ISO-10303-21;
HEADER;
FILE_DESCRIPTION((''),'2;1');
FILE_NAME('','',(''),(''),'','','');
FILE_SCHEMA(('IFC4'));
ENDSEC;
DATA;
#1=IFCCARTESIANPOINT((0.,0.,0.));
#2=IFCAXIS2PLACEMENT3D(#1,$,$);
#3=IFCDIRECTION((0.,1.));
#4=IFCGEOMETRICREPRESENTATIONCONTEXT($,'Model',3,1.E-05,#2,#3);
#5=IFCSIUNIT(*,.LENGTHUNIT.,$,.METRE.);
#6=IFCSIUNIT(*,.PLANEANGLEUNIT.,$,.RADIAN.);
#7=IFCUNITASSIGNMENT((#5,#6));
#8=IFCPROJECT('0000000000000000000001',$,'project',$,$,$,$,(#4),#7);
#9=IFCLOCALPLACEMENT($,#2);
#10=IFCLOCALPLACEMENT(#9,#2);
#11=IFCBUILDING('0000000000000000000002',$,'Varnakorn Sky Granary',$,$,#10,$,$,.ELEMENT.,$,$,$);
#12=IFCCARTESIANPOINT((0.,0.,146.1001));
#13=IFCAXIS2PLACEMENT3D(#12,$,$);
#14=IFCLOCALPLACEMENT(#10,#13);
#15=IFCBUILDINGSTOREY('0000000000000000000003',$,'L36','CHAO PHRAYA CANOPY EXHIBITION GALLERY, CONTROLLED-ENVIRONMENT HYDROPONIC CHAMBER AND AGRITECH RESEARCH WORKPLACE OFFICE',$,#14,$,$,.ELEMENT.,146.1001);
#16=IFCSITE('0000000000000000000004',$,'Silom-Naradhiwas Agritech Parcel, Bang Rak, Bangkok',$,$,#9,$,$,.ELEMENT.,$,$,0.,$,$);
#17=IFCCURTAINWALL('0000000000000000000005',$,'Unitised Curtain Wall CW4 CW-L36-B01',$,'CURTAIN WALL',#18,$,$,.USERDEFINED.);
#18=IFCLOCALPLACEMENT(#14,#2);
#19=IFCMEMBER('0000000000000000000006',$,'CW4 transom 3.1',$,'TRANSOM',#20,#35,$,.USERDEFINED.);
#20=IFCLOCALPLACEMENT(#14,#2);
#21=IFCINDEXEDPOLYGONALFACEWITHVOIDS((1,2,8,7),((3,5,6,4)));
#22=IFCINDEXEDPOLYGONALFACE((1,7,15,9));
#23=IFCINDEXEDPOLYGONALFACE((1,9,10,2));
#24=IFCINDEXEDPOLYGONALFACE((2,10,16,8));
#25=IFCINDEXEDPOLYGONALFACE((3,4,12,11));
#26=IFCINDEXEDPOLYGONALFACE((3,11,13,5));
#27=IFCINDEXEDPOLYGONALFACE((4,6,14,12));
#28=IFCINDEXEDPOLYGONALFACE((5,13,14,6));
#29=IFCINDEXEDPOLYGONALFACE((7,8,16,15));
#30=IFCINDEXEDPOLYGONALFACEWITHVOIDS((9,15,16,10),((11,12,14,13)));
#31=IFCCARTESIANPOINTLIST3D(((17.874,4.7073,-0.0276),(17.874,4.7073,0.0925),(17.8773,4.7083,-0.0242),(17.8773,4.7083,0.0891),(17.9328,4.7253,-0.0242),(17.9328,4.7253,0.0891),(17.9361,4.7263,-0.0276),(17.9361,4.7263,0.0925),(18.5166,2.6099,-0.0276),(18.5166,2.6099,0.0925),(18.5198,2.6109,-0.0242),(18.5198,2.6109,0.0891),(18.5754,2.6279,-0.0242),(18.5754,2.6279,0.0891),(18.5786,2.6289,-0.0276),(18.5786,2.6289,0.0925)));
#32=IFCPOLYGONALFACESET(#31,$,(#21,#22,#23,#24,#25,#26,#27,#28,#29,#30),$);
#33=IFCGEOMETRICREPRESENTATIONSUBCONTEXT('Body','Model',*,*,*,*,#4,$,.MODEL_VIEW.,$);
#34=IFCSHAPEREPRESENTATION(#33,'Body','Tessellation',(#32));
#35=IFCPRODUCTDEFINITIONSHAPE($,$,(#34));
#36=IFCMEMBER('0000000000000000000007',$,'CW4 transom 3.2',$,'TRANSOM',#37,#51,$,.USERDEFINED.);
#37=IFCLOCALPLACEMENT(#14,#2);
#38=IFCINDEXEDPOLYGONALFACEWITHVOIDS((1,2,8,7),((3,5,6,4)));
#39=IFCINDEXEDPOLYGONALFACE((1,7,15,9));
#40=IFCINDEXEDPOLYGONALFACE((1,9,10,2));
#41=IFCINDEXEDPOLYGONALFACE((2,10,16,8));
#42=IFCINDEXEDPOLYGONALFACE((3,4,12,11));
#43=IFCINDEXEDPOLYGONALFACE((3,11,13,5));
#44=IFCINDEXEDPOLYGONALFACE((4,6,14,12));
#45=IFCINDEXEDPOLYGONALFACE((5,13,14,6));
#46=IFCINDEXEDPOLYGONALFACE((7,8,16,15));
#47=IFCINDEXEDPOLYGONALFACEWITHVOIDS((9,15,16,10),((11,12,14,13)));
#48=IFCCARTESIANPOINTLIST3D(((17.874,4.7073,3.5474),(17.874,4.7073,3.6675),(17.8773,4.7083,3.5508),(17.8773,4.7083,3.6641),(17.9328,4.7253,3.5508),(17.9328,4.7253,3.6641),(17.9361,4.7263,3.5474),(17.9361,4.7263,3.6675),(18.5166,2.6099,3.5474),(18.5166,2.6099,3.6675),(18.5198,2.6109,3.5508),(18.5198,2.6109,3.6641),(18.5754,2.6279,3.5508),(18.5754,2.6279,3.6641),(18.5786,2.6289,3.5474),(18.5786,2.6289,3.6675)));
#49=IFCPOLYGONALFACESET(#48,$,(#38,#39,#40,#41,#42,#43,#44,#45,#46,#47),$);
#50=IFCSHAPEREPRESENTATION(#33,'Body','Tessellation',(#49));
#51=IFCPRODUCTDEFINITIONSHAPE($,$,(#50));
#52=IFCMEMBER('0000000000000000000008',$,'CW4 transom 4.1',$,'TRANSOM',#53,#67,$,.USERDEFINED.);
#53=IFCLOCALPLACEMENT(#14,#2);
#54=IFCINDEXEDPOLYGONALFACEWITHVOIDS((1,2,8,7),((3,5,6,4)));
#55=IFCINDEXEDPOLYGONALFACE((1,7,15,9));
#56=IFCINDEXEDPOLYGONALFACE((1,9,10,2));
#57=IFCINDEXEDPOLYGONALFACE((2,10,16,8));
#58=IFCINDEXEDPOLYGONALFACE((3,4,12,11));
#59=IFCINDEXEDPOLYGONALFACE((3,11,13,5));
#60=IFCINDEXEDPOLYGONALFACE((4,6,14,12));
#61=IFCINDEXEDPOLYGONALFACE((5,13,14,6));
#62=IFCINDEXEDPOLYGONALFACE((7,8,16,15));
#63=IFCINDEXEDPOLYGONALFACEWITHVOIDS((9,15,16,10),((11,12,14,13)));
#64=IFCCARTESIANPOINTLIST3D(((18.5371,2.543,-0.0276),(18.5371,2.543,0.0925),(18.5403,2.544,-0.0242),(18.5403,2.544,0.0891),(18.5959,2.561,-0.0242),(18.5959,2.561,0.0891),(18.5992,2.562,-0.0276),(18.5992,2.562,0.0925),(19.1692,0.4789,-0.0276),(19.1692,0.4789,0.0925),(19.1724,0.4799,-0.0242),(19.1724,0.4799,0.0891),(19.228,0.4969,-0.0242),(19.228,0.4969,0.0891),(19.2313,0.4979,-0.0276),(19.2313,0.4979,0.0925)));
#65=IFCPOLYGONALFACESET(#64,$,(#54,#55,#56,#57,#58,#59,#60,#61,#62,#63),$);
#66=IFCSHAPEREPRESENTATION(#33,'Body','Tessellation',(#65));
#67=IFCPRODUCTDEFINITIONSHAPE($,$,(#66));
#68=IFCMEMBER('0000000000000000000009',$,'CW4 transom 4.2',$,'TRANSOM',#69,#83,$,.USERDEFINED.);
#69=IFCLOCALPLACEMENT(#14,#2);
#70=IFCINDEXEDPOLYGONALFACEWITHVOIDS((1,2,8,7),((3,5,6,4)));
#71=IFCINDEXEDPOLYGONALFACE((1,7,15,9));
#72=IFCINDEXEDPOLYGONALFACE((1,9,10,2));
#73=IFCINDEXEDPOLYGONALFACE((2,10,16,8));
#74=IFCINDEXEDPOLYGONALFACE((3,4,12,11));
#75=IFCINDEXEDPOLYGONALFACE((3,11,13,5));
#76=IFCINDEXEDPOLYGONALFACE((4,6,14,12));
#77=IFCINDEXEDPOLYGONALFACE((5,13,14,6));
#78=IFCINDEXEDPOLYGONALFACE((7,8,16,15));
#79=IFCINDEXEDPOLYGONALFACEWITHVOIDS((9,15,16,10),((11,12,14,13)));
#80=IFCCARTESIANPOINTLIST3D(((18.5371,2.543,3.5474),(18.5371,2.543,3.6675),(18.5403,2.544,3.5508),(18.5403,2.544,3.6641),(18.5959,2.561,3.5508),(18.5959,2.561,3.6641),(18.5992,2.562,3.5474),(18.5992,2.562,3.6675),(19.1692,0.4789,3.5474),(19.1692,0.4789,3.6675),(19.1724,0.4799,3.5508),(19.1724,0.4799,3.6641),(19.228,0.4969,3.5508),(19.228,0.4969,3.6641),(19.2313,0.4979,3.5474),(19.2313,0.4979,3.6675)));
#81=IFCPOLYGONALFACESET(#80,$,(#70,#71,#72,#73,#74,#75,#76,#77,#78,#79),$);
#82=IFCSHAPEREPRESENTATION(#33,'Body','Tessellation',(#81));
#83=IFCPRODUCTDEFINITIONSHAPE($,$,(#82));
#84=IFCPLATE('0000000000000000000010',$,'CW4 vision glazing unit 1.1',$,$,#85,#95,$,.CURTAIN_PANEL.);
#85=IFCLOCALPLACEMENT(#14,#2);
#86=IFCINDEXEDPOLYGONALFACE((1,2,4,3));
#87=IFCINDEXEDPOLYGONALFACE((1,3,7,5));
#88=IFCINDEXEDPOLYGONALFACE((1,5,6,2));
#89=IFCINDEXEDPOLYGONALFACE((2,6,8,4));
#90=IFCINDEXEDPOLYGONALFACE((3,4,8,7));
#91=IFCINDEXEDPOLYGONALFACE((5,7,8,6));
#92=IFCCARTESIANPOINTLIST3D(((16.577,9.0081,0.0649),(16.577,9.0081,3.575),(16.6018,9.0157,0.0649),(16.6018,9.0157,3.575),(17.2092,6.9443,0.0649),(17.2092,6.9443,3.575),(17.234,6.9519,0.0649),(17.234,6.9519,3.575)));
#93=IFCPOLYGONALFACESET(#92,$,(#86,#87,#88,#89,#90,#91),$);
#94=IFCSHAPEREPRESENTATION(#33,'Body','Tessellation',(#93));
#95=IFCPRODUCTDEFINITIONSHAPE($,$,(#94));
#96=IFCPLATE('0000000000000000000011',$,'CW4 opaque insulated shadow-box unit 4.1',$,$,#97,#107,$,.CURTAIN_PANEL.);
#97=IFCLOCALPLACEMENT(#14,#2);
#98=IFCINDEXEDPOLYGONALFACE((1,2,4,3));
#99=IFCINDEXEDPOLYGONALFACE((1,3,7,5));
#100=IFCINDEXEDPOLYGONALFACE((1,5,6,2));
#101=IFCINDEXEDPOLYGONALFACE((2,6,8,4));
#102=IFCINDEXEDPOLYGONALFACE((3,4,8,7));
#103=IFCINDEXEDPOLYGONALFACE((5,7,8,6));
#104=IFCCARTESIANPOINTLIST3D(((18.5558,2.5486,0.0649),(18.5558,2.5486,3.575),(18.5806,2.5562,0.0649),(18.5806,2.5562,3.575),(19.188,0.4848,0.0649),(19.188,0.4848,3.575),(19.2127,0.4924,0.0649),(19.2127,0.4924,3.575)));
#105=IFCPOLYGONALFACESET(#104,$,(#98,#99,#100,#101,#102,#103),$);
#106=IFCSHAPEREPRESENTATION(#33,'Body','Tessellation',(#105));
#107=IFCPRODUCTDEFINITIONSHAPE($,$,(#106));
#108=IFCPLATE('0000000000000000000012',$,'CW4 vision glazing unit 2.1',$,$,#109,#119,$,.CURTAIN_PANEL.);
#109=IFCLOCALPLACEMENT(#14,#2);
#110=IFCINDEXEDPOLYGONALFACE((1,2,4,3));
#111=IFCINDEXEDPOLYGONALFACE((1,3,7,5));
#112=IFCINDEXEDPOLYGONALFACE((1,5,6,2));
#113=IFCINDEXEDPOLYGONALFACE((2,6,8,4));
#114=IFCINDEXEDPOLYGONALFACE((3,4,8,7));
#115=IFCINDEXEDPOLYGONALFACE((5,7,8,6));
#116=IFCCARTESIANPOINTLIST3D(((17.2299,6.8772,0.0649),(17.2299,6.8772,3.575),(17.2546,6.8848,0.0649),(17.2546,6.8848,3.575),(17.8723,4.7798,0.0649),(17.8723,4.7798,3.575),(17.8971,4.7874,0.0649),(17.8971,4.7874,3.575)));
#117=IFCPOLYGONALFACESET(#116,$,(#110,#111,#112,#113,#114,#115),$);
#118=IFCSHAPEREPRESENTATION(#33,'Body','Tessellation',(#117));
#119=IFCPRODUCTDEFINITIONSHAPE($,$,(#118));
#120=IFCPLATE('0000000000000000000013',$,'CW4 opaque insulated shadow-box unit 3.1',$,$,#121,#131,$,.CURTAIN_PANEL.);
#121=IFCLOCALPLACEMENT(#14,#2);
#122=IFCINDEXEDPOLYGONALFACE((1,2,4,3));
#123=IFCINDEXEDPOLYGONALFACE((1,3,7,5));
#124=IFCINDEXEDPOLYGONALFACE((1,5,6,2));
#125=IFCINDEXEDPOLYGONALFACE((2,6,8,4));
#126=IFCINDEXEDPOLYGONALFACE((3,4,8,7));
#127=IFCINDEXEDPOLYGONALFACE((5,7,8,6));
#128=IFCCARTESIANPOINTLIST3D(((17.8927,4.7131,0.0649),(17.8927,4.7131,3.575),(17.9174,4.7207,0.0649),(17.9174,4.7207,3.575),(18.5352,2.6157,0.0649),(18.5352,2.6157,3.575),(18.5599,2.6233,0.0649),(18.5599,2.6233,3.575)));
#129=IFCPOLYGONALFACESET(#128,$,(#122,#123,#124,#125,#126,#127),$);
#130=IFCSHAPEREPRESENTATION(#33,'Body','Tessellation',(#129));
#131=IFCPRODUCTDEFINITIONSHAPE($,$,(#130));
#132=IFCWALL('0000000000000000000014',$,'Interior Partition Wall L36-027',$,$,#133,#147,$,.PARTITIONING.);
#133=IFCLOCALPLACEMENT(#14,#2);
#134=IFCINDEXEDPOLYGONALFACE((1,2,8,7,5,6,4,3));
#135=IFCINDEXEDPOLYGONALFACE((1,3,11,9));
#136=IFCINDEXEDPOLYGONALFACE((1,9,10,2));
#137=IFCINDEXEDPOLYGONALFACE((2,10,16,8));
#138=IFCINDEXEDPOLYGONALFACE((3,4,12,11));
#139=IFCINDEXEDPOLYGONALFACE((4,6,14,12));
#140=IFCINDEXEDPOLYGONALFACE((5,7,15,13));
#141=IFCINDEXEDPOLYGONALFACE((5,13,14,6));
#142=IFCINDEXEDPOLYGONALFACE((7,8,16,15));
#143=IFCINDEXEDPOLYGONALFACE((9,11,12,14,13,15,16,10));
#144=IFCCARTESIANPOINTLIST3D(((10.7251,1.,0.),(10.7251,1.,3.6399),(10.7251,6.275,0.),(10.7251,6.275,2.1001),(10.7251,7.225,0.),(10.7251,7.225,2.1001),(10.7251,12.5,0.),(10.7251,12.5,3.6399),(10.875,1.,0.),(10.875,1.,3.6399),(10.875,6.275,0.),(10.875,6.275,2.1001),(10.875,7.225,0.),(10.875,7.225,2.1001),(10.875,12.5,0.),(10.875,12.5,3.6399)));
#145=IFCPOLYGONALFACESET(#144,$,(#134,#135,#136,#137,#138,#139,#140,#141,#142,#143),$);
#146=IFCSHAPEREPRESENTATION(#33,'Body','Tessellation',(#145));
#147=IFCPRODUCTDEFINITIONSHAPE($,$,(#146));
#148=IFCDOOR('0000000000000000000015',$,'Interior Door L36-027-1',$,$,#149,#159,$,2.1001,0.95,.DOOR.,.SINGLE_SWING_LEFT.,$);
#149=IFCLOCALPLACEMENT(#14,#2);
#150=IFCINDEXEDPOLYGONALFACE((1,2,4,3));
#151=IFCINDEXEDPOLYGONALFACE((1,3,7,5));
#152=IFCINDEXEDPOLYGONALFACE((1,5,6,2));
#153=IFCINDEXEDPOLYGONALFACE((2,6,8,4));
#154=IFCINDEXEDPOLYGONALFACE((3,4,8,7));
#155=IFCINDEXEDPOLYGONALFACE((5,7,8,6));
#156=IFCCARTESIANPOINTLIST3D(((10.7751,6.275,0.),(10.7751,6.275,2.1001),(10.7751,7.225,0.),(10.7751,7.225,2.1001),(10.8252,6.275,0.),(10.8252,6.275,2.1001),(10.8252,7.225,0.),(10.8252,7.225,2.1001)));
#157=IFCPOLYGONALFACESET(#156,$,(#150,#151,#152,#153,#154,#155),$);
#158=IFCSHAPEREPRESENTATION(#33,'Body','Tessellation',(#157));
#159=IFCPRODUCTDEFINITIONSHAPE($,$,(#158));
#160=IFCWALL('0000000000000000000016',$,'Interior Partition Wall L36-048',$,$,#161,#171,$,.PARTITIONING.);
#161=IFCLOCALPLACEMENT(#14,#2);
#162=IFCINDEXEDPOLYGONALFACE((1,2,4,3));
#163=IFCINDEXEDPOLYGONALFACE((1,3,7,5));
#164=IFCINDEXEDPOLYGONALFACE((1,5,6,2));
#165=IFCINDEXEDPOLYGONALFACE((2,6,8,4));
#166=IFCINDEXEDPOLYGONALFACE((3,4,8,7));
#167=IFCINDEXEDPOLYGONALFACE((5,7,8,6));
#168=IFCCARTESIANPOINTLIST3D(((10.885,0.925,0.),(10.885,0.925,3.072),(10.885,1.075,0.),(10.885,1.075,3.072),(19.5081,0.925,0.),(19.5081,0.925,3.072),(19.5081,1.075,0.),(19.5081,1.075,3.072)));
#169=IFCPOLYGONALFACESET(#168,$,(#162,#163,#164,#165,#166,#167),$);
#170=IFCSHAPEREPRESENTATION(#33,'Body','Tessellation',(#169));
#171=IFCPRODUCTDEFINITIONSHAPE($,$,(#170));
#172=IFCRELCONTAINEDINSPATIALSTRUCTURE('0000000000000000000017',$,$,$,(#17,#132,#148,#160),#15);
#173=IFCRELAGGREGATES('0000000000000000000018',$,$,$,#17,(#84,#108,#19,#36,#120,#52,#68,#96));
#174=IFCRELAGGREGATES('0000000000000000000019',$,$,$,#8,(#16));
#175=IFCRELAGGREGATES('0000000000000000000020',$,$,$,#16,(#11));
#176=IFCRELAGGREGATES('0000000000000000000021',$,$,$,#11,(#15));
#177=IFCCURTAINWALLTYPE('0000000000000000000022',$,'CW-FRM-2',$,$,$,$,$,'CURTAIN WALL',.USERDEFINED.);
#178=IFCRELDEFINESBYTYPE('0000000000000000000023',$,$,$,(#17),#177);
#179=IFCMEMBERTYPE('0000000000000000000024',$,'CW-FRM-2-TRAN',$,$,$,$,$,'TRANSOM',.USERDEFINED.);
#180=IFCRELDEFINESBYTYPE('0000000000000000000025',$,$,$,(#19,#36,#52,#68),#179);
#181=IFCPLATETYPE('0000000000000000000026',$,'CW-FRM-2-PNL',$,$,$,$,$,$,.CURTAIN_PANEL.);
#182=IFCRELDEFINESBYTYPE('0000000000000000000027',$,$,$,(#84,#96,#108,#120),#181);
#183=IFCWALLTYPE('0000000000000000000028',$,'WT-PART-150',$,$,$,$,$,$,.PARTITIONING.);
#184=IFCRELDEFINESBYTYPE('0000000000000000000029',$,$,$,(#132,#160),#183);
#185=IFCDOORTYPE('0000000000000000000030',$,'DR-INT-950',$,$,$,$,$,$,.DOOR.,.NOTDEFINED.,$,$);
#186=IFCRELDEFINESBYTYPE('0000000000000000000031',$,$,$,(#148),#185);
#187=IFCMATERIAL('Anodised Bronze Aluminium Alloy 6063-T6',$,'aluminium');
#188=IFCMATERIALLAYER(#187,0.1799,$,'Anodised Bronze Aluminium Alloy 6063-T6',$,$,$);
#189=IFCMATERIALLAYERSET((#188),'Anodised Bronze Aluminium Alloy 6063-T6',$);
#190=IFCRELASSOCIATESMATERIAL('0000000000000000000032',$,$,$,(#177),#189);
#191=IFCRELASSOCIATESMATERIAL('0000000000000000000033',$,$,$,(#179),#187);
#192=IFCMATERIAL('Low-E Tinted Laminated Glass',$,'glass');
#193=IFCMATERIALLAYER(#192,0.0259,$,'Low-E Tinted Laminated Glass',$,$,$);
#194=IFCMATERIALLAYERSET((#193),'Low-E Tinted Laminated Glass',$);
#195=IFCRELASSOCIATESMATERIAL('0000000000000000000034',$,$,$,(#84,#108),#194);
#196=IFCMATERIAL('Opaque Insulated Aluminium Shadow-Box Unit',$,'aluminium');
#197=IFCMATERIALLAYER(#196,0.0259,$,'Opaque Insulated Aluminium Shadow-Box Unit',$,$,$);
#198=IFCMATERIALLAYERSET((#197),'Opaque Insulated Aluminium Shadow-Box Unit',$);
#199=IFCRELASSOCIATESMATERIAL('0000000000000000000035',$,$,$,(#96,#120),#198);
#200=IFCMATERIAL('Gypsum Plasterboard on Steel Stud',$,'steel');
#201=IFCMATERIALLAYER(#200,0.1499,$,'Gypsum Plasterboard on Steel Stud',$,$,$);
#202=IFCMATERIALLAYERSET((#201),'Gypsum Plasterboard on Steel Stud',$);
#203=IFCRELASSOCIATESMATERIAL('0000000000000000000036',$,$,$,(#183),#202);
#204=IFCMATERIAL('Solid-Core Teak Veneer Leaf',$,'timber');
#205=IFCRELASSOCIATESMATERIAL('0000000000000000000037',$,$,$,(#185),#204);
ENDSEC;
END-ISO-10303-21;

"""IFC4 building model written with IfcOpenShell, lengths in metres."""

from ifc_helpers import new_model, si_unit, direction, frame, frame_2d, origin, origin_2d, place, context, subcontext, project, spatial, rectangle, hollow_rectangle, extrude, source, transform, mapped, material, layer, layer_set, material_profile, profile_set, type_object, type_shapes, element, fill, aggregate, save


model = new_model("IFC4")

# Units and contexts
model_context = context("Model", 3, precision=1e-05, world=origin(), true_north=direction((0.0, 1.0)))
body_context = subcontext(model_context, "Body", "Model", "MODEL_VIEW")
ifc_project = project(units=[si_unit("LENGTHUNIT", "METRE"), si_unit("PLANEANGLEUNIT", "RADIAN")], contexts=[model_context])

# Site, building, storey
site_placement = place(None, origin())
site = spatial("IfcSite", under=ifc_project, at=site_placement, Name="Silom-Naradhiwas Agritech Parcel, Bang Rak, Bangkok", CompositionType="ELEMENT", RefElevation=0.0)
building_placement = place(site_placement, origin())
building = spatial("IfcBuilding", under=site, at=building_placement, Name="Varnakorn Sky Granary", CompositionType="ELEMENT")
storey_placement = place(building_placement, frame((0.0, 0.0, 146.1001)))
storey = spatial("IfcBuildingStorey", under=building, at=storey_placement, Name="L36", Description="CHAO PHRAYA CANOPY EXHIBITION GALLERY, CONTROLLED-ENVIRONMENT HYDROPONIC CHAMBER AND AGRITECH RESEARCH WORKPLACE OFFICE", CompositionType="ELEMENT", Elevation=146.1001)

# Curtain wall, members, plates
ifc_material_1 = material(Name="Anodised Bronze Aluminium Alloy 6063-T6", Category="aluminium")
ifc_layer_1 = layer(ifc_material_1, 0.1799, Name="Anodised Bronze Aluminium Alloy 6063-T6")
ifc_layer_set_1 = layer_set([ifc_layer_1], Name="Anodised Bronze Aluminium Alloy 6063-T6")
curtain_wall_type = type_object("IfcCurtainWallType", Name="CW-FRM-2", ElementType="CURTAIN WALL", PredefinedType="USERDEFINED", material=ifc_layer_set_1)
curtain_wall_placement = place(storey_placement, origin())
curtain_wall = element("IfcCurtainWall", 1, at=curtain_wall_placement, inside=storey, type_object=curtain_wall_type, Name="Unitised Curtain Wall CW4 CW-L36-B01", ObjectType="CURTAIN WALL", PredefinedType="USERDEFINED")
ifc_material_profile_1 = material_profile(ifc_material_1, hollow_rectangle(XDim=0.0649, YDim=0.1201, WallThickness=0.0034, at=origin_2d()), Name="ALU TRAN 65x120")
ifc_profile_set_1 = profile_set([ifc_material_profile_1], Name="Anodised Bronze Aluminium Alloy 6063-T6")
member_type_1 = type_object("IfcMemberType", Name="CW-FRM-2-TRAN", ElementType="TRANSOM", PredefinedType="USERDEFINED", material=ifc_profile_set_1)
member_1_placement = place(storey_placement, frame((17.905, 4.7168, 0.0325), z_axis=(0.292928, -0.956134, 0.0), x_axis=(0.956134, 0.292928, 0.0)))
member_1 = element("IfcMember", 2, at=member_1_placement, type_object=member_type_1, Name="CW4 transom 3.1", ObjectType="TRANSOM", PredefinedType="USERDEFINED", context=body_context, shape_type="SweptSolid", body=[
    extrude(hollow_rectangle(XDim=0.0649, YDim=0.1201, WallThickness=0.0034, at=origin_2d()), origin(), (0.0, 0.0, 1.0), 2.1936),
])
member_2_placement = place(storey_placement, frame((17.905, 4.7168, 3.6074), z_axis=(0.292928, -0.956134, 0.0), x_axis=(0.956134, 0.292928, 0.0)))
member_2 = element("IfcMember", 3, at=member_2_placement, type_object=member_type_1, Name="CW4 transom 3.2", ObjectType="TRANSOM", PredefinedType="USERDEFINED", context=body_context, shape_type="SweptSolid", body=[
    extrude(hollow_rectangle(XDim=0.0649, YDim=0.1201, WallThickness=0.0034, at=origin_2d()), origin(), (0.0, 0.0, 1.0), 2.1936),
])
member_3_placement = place(storey_placement, frame((18.5681, 2.5525, 0.0325), z_axis=(0.292822, -0.956167, 0.0), x_axis=(0.956167, 0.292822, 0.0)))
member_3 = element("IfcMember", 4, at=member_3_placement, type_object=member_type_1, Name="CW4 transom 4.1", ObjectType="TRANSOM", PredefinedType="USERDEFINED", context=body_context, shape_type="SweptSolid", body=[
    extrude(hollow_rectangle(XDim=0.0649, YDim=0.1201, WallThickness=0.0034, at=origin_2d()), origin(), (0.0, 0.0, 1.0), 2.1587),
])
member_4_placement = place(storey_placement, frame((18.5681, 2.5525, 3.6074), z_axis=(0.292822, -0.956167, 0.0), x_axis=(0.956167, 0.292822, 0.0)))
member_4 = element("IfcMember", 5, at=member_4_placement, type_object=member_type_1, Name="CW4 transom 4.2", ObjectType="TRANSOM", PredefinedType="USERDEFINED", context=body_context, shape_type="SweptSolid", body=[
    extrude(hollow_rectangle(XDim=0.0649, YDim=0.1201, WallThickness=0.0034, at=origin_2d()), origin(), (0.0, 0.0, 1.0), 2.1587),
])
ifc_material_2 = material(Name="Low-E Tinted Laminated Glass", Category="glass")
ifc_layer_2 = layer(ifc_material_2, 0.0259, Name="Low-E Tinted Laminated Glass")
ifc_layer_set_2 = layer_set([ifc_layer_2], Name="Low-E Tinted Laminated Glass")
plate_type = type_object("IfcPlateType", Name="CW-FRM-2-PNL", PredefinedType="CURTAIN_PANEL")
shared_shape_1 = source(origin(), body_context, "Body", "SweptSolid", [
    extrude(rectangle(XDim=2.1584, YDim=0.0259, at=origin_2d()), origin(), (0.0, 0.0, 1.0), 3.51),
])
plate_1_placement = place(storey_placement, frame((16.9055, 7.98, 0.0649), z_axis=(0.0, 0.0, 1.0), x_axis=(0.292893, -0.956145, 0.0)))
plate_1 = element("IfcPlate", 6, at=plate_1_placement, type_object=plate_type, material=ifc_layer_set_2, Name="CW4 vision glazing unit 1.1", PredefinedType="CURTAIN_PANEL", context=body_context, shape_type="MappedRepresentation", body=[
    mapped(shared_shape_1, transform((0.0, 0.0, 0.0), x_axis=(1.0, 0.0, 0.0), y_axis=(0.0, 1.0, 0.0), z_axis=(0.0, 0.0, 1.0), scale=1.0)),
])
ifc_material_3 = material(Name="Opaque Insulated Aluminium Shadow-Box Unit", Category="aluminium")
ifc_layer_3 = layer(ifc_material_3, 0.0259, Name="Opaque Insulated Aluminium Shadow-Box Unit")
ifc_layer_set_3 = layer_set([ifc_layer_3], Name="Opaque Insulated Aluminium Shadow-Box Unit")
plate_2_placement = place(storey_placement, frame((18.8843, 1.5205, 0.0649), z_axis=(0.0, 0.0, 1.0), x_axis=(0.292893, -0.956145, 0.0)))
plate_2 = element("IfcPlate", 7, at=plate_2_placement, type_object=plate_type, material=ifc_layer_set_3, Name="CW4 opaque insulated shadow-box unit 4.1", PredefinedType="CURTAIN_PANEL", context=body_context, shape_type="MappedRepresentation", body=[
    mapped(shared_shape_1, transform((0.0, 0.0, 0.0), x_axis=(1.0, 0.0, 0.0), y_axis=(0.0, 1.0, 0.0), z_axis=(0.0, 0.0, 1.0), scale=1.0)),
])
shared_shape_2 = source(origin(), body_context, "Body", "SweptSolid", [
    extrude(rectangle(XDim=2.1936, YDim=0.0259, at=origin_2d()), origin(), (0.0, 0.0, 1.0), 3.51),
])
type_shapes(plate_type, [shared_shape_1, shared_shape_2])
plate_3_placement = place(storey_placement, frame((17.5635, 5.8323, 0.0649), z_axis=(0.0, 0.0, 1.0), x_axis=(0.292893, -0.956145, 0.0)))
plate_3 = element("IfcPlate", 8, at=plate_3_placement, type_object=plate_type, material=ifc_layer_set_2, Name="CW4 vision glazing unit 2.1", PredefinedType="CURTAIN_PANEL", context=body_context, shape_type="MappedRepresentation", body=[
    mapped(shared_shape_2, transform((0.0, 0.0, 0.0), x_axis=(1.0, 0.0, 0.0), y_axis=(0.0, 1.0, 0.0), z_axis=(0.0, 0.0, 1.0), scale=1.0)),
])
plate_4_placement = place(storey_placement, frame((18.2263, 3.6682, 0.0649), z_axis=(0.0, 0.0, 1.0), x_axis=(0.292893, -0.956145, 0.0)))
plate_4 = element("IfcPlate", 9, at=plate_4_placement, type_object=plate_type, material=ifc_layer_set_3, Name="CW4 opaque insulated shadow-box unit 3.1", PredefinedType="CURTAIN_PANEL", context=body_context, shape_type="MappedRepresentation", body=[
    mapped(shared_shape_2, transform((0.0, 0.0, 0.0), x_axis=(1.0, 0.0, 0.0), y_axis=(0.0, 1.0, 0.0), z_axis=(0.0, 0.0, 1.0), scale=1.0)),
])
aggregate(curtain_wall, [plate_1, plate_3, member_1, member_2, plate_4, member_3, member_4, plate_2])

# Wall, opening, door
ifc_material_4 = material(Name="Gypsum Plasterboard on Steel Stud", Category="steel")
ifc_layer_4 = layer(ifc_material_4, 0.1499, Name="Gypsum Plasterboard on Steel Stud")
ifc_layer_set_4 = layer_set([ifc_layer_4], Name="Gypsum Plasterboard on Steel Stud")
wall_type = type_object("IfcWallType", Name="WT-PART-150", PredefinedType="PARTITIONING", material=ifc_layer_set_4)
wall_1_placement = place(storey_placement, frame((10.8, 1.0, 0.0), z_axis=(0.0, 0.0, 1.0), x_axis=(0.0, 1.0, 0.0)))
wall_1 = element("IfcWall", 10, at=wall_1_placement, inside=storey, type_object=wall_type, Name="Interior Partition Wall L36-027", PredefinedType="PARTITIONING", context=body_context, shape_type="SweptSolid", body=[
    extrude(rectangle(XDim=11.5, YDim=0.1499, at=frame_2d((5.75, 0.0))), origin(), (0.0, 0.0, 1.0), 3.6399),
])
opening_placement = place(wall_1_placement, frame((5.2749, 0.0, 0.0)))
opening = element("IfcOpeningElement", 11, at=opening_placement, cuts=wall_1, PredefinedType="OPENING", context=body_context, shape_type="SweptSolid", body=[
    extrude(rectangle(XDim=0.95, YDim=2.1001, at=frame_2d((0.4751, 1.05))), frame((0.0, 0.085, 0.0), z_axis=(0.0, -1.0, 0.0), x_axis=(1.0, 0.0, 0.0)), (0.0, 0.0, 1.0), 0.1699),
])
ifc_material_5 = material(Name="Solid-Core Teak Veneer Leaf", Category="timber")
door_type = type_object("IfcDoorType", Name="DR-INT-950", OperationType="NOTDEFINED", PredefinedType="DOOR", material=ifc_material_5)
door_placement = place(opening_placement, origin())
door = element("IfcDoor", 12, at=door_placement, inside=storey, type_object=door_type, Name="Interior Door L36-027-1", OperationType="SINGLE_SWING_LEFT", OverallHeight=2.1001, OverallWidth=0.95, PredefinedType="DOOR", context=body_context, shape_type="SweptSolid", body=[
    extrude(rectangle(XDim=0.95, YDim=2.1001, at=frame_2d((0.4751, 1.05))), frame((0.0, 0.0249, 0.0), z_axis=(0.0, -1.0, 0.0), x_axis=(1.0, 0.0, 0.0)), (0.0, 0.0, 1.0), 0.05),
])
fill(opening, door)

# Wall
wall_2_placement = place(storey_placement, frame((10.885, 1.0, 0.0), z_axis=(0.0, 0.0, 1.0), x_axis=(1.0, 0.0, 0.0)))
element("IfcWall", 13, at=wall_2_placement, inside=storey, type_object=wall_type, Name="Interior Partition Wall L36-048", PredefinedType="PARTITIONING", context=body_context, shape_type="SweptSolid", body=[
    extrude(rectangle(XDim=8.623, YDim=0.1499, at=frame_2d((4.3115, 0.0))), origin(), (0.0, 0.0, 1.0), 3.072),
])

save(model, "model.ifc")
